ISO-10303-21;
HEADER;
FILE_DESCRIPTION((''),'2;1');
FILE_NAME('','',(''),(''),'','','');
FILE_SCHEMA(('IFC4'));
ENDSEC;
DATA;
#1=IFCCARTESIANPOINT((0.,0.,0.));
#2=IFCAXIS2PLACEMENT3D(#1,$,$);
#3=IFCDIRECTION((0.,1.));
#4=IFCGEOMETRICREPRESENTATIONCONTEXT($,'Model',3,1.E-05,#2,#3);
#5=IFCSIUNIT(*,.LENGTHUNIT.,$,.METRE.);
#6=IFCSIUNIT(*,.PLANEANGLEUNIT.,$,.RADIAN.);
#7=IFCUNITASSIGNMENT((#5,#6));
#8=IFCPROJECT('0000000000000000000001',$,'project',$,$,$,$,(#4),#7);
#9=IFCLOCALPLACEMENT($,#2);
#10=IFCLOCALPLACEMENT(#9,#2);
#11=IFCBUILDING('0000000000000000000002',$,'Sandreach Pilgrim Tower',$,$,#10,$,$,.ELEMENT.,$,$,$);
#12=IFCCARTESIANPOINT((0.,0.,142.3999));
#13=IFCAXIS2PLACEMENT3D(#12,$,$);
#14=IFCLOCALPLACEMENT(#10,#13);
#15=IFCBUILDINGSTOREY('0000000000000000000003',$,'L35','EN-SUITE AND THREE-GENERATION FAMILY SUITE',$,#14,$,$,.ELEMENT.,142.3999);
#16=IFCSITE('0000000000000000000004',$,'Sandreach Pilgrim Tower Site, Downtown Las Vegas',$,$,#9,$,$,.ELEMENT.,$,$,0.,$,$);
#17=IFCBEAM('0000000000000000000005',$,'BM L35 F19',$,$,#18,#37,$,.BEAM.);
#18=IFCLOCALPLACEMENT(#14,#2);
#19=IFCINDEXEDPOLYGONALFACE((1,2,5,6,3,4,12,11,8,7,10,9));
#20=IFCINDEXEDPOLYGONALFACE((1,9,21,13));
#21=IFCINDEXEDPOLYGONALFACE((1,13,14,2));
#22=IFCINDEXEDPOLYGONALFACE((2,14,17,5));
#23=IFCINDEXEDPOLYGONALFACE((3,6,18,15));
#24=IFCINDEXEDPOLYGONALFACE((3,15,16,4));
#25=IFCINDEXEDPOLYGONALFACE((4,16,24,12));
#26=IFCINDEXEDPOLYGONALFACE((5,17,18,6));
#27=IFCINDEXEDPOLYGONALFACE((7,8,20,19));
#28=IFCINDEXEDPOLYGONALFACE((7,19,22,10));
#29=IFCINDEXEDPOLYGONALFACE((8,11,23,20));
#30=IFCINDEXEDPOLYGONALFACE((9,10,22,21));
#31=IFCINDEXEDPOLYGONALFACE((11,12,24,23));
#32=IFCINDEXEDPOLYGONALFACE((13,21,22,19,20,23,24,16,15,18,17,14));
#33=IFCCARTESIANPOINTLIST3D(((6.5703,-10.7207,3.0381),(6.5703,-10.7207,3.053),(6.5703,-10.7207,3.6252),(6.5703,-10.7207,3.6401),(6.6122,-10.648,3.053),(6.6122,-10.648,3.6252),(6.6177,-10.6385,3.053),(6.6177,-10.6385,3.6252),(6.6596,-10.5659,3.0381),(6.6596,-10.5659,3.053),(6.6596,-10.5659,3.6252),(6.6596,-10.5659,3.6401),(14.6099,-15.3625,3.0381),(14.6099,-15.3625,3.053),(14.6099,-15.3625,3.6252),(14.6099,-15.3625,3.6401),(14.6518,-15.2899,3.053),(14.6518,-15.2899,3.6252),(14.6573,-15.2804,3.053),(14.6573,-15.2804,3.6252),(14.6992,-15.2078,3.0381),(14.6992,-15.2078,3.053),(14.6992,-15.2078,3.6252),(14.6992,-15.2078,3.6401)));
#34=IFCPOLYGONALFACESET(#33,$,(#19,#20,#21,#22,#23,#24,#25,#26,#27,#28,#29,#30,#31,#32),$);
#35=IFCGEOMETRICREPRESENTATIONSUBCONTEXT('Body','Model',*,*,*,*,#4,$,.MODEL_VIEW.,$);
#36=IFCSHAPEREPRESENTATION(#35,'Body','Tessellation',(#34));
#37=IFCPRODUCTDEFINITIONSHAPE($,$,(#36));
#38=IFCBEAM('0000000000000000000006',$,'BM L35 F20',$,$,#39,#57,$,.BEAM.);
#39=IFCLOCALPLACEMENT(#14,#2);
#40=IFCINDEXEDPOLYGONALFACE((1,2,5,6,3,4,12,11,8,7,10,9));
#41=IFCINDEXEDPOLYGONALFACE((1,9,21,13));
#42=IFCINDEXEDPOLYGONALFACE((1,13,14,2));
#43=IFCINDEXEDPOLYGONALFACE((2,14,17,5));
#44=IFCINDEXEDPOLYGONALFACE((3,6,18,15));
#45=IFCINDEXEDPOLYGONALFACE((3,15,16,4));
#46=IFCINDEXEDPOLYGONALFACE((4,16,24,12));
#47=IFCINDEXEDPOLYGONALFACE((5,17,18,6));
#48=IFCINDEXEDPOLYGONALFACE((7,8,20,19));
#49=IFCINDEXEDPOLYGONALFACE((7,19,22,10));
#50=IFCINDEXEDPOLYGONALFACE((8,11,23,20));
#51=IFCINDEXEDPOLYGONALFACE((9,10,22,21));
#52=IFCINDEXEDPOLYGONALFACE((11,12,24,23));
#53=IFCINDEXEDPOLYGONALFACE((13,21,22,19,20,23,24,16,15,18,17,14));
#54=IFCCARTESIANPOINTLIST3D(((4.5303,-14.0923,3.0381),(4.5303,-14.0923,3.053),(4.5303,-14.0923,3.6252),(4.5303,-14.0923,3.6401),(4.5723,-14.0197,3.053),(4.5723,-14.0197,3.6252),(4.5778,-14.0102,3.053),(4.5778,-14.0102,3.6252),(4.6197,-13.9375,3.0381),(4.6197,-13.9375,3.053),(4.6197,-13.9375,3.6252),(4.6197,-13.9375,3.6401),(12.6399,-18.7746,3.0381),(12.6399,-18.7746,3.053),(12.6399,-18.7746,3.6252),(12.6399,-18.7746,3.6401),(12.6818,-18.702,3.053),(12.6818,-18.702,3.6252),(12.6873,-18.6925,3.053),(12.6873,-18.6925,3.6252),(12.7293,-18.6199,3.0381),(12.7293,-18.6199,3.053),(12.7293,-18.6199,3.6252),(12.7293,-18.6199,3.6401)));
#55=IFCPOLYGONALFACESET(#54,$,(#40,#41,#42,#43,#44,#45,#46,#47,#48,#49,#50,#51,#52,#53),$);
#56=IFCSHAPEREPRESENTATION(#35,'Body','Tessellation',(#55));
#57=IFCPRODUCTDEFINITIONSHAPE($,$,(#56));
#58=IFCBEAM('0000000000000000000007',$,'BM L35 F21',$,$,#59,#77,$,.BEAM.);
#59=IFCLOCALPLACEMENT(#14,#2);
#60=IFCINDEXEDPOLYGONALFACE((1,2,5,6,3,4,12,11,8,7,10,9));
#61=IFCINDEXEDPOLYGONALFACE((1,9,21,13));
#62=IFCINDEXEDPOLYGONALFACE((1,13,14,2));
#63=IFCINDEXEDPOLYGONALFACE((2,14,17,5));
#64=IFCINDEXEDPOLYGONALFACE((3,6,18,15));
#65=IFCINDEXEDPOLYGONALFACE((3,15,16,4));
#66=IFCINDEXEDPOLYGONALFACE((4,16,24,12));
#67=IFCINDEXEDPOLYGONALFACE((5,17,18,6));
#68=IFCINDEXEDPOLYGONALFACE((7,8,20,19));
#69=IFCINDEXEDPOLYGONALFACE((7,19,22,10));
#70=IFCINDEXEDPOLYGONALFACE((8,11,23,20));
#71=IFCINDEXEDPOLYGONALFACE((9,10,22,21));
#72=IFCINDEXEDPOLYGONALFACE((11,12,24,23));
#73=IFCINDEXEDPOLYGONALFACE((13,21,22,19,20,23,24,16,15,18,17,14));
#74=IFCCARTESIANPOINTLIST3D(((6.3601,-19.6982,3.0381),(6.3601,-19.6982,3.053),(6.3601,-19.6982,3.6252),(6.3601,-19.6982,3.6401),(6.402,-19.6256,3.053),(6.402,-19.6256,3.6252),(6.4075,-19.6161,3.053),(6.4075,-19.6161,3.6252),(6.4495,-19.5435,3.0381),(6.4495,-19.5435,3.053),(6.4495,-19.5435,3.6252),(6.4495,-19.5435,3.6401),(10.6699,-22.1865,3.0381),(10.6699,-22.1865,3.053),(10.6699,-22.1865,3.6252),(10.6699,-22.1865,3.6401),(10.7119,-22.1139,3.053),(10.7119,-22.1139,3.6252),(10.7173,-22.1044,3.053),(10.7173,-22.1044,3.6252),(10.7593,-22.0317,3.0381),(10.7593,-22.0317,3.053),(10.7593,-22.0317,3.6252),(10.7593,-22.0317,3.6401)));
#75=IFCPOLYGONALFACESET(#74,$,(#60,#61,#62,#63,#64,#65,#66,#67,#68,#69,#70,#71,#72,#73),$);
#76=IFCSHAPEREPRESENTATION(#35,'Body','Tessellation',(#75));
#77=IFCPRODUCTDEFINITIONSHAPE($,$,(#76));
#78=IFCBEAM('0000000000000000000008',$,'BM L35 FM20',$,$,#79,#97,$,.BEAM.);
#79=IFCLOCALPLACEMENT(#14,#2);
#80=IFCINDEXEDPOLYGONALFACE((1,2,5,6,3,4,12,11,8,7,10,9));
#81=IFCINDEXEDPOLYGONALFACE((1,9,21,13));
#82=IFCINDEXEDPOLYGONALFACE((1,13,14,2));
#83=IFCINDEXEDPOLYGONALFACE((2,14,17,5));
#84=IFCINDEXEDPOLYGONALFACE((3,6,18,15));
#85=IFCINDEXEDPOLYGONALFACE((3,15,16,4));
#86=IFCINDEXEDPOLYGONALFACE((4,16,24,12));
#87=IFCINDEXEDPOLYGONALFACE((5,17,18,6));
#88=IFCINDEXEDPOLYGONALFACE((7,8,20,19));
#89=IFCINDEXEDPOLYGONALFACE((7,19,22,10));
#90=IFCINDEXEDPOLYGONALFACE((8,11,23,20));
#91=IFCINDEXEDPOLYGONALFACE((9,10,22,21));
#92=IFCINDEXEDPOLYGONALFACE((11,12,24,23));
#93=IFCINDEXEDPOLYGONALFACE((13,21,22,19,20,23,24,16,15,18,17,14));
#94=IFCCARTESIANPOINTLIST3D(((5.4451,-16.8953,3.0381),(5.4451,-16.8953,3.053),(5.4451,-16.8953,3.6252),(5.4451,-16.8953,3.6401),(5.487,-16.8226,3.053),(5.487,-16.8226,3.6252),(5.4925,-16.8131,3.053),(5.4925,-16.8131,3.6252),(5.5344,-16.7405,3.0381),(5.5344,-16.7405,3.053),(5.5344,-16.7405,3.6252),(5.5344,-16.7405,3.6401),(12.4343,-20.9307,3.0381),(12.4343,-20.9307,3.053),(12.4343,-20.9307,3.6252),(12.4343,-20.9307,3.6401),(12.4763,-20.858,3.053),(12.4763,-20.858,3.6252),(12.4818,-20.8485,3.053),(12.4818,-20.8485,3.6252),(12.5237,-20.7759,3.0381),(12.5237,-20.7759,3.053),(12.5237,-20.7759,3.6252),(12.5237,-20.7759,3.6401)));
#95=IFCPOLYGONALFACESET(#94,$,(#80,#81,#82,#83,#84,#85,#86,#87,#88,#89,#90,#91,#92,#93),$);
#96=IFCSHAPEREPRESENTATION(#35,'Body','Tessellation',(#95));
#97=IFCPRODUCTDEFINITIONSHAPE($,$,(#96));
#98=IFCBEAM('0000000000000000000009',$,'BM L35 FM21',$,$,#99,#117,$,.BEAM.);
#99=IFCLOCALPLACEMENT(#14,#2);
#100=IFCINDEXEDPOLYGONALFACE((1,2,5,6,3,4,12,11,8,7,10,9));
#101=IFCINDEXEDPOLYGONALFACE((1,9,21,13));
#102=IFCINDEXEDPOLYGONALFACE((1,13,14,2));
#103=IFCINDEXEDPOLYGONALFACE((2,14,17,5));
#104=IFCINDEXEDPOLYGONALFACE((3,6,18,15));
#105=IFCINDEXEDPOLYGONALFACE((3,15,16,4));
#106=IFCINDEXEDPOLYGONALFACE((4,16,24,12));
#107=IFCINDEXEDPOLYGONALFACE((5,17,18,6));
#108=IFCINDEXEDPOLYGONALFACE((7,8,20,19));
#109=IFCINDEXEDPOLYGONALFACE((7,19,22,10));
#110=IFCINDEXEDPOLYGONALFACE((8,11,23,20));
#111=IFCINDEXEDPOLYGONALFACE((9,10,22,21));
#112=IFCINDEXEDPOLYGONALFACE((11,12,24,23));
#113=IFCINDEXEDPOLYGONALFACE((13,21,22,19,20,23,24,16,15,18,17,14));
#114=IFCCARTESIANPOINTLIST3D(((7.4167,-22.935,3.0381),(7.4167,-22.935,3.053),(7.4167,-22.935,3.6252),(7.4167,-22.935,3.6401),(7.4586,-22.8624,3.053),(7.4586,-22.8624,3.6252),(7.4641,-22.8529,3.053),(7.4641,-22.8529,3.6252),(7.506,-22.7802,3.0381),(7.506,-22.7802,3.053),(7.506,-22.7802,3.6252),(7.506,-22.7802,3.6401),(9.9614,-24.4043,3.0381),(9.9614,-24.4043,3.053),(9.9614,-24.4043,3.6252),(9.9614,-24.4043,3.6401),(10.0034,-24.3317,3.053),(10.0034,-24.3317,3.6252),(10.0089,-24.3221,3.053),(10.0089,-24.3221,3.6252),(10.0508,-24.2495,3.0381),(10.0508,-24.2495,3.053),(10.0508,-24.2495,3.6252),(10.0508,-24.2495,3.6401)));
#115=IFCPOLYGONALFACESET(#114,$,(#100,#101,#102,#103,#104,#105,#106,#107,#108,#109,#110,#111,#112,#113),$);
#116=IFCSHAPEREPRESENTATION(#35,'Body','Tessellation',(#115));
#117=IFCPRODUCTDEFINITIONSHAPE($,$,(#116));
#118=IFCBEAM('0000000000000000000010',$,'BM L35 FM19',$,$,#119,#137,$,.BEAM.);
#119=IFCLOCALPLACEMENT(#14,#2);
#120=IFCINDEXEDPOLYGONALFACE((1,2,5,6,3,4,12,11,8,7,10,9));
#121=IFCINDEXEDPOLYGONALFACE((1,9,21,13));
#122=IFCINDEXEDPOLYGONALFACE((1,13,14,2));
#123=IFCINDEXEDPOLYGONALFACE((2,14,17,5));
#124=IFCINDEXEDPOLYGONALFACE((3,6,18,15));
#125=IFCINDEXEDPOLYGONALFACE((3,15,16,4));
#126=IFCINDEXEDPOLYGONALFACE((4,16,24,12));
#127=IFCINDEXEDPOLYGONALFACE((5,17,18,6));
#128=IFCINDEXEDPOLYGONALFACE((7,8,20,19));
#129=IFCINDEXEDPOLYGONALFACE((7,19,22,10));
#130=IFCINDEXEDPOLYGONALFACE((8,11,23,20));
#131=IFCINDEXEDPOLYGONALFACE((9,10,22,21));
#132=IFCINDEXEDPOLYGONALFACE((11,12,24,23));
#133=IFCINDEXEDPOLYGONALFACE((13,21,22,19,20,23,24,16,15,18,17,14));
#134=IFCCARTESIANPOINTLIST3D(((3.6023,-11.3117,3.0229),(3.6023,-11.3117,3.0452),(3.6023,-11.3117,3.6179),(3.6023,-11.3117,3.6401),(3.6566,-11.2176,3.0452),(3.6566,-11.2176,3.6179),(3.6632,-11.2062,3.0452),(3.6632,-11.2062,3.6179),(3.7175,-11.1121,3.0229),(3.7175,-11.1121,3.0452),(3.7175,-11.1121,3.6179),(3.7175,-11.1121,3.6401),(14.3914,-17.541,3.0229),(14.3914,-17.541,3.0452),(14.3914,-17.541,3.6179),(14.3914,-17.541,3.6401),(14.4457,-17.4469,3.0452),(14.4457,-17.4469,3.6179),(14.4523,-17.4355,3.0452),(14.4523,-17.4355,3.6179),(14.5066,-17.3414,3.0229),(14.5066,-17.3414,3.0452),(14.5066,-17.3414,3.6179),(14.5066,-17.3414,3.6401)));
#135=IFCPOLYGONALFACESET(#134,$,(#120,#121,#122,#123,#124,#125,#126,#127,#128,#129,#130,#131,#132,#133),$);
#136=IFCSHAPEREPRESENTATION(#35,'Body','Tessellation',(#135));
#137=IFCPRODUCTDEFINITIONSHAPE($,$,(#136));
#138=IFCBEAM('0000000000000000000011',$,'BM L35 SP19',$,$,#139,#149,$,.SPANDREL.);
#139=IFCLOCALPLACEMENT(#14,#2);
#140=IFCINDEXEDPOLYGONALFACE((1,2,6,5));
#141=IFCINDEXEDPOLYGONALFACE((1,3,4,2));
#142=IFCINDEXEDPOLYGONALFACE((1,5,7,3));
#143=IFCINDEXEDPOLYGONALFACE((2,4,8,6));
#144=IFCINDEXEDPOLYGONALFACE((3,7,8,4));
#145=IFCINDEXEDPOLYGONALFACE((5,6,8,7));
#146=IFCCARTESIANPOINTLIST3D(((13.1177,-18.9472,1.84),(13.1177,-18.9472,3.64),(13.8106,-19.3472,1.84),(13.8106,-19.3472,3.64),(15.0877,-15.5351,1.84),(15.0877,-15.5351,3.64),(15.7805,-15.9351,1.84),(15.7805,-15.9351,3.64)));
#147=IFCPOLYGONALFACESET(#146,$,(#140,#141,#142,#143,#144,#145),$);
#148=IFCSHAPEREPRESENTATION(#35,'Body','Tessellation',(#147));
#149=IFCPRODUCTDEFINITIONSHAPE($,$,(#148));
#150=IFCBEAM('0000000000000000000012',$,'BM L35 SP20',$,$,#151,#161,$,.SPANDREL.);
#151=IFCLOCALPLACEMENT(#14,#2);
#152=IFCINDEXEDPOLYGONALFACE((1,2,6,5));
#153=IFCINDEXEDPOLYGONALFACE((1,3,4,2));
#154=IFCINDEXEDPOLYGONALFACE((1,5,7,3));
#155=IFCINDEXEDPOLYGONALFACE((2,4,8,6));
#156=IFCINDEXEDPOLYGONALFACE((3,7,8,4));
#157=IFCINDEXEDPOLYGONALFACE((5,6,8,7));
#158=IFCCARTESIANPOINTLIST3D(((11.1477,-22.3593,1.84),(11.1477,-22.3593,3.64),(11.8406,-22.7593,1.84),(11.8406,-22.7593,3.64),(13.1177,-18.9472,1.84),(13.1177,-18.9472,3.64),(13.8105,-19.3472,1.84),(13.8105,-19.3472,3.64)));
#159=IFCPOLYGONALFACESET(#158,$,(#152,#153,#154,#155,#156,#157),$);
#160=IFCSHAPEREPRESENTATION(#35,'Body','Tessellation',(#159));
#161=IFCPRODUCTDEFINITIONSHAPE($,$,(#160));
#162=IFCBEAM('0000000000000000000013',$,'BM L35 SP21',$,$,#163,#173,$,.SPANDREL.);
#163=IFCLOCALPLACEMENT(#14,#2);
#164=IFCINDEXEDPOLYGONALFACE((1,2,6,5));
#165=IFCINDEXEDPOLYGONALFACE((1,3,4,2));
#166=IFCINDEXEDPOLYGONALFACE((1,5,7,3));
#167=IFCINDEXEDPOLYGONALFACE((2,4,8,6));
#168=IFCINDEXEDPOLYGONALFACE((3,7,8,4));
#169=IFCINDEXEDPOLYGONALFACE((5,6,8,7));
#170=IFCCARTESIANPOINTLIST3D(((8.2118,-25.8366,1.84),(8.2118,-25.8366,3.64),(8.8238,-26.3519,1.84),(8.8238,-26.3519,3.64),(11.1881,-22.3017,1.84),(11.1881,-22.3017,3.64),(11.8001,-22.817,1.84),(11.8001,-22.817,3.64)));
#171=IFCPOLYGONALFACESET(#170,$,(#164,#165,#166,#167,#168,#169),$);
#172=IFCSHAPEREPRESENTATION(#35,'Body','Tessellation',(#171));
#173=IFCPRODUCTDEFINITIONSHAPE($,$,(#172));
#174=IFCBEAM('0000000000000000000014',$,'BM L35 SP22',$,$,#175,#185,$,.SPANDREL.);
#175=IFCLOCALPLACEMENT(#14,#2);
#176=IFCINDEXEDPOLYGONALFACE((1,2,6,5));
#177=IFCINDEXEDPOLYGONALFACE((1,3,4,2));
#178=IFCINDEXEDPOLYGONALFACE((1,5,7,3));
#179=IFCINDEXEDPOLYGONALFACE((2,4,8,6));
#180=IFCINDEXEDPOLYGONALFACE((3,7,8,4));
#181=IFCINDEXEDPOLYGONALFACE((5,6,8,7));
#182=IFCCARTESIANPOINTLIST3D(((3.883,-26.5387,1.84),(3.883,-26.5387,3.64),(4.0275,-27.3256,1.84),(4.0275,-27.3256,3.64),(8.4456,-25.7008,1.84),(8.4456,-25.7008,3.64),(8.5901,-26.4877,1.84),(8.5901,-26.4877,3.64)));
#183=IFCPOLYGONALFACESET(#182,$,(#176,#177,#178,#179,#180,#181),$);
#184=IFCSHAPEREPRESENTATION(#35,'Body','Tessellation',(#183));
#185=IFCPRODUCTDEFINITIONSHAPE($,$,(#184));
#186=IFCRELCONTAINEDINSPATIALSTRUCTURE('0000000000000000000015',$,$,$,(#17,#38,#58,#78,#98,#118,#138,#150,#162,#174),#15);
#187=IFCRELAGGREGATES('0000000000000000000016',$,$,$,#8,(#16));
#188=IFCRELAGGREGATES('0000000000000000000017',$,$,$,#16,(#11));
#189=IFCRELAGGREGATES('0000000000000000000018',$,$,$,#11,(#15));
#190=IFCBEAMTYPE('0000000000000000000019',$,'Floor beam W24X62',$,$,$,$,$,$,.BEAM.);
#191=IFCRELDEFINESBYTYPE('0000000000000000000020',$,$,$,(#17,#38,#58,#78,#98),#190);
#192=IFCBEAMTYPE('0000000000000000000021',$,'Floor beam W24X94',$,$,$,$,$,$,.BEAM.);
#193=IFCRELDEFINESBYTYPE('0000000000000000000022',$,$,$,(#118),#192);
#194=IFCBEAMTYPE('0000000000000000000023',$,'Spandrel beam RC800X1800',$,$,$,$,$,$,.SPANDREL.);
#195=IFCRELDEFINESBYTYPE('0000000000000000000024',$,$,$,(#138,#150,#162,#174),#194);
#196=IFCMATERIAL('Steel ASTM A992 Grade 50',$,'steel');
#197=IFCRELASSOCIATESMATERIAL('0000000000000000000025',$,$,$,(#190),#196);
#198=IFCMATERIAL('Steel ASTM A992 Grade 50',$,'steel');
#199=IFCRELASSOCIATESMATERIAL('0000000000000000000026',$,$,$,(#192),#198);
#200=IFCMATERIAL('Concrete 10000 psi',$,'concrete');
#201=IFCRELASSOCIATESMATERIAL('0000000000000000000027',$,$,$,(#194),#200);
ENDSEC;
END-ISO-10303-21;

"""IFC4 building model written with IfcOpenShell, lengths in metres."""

from ifc_helpers import new_model, si_unit, direction, frame, origin, origin_2d, place, context, subcontext, project, spatial, rectangle, i_section, extrude, material, material_profile, profile_set, type_object, element, save


model = new_model("IFC4")

# Units and contexts
model_context = context("Model", 3, precision=1e-05, world=origin(), true_north=direction((0.0, 1.0)))
body_context = subcontext(model_context, "Body", "Model", "MODEL_VIEW")
ifc_project = project(units=[si_unit("LENGTHUNIT", "METRE"), si_unit("PLANEANGLEUNIT", "RADIAN")], contexts=[model_context])

# Site, building, storey
site_placement = place(None, origin())
site = spatial("IfcSite", under=ifc_project, at=site_placement, Name="Sandreach Pilgrim Tower Site, Downtown Las Vegas", CompositionType="ELEMENT", RefElevation=0.0)
building_placement = place(site_placement, origin())
building = spatial("IfcBuilding", under=site, at=building_placement, Name="Sandreach Pilgrim Tower", CompositionType="ELEMENT")
storey_placement = place(building_placement, frame((0.0, 0.0, 142.3999)))
storey = spatial("IfcBuildingStorey", under=building, at=storey_placement, Name="L35", Description="EN-SUITE AND THREE-GENERATION FAMILY SUITE", CompositionType="ELEMENT", Elevation=142.3999)

# Beams
ifc_material_1 = material(Name="Steel ASTM A992 Grade 50", Category="steel")
ifc_material_profile_1 = material_profile(ifc_material_1, i_section(OverallWidth=0.1787, OverallDepth=0.6021, WebThickness=0.011, FlangeThickness=0.0149, at=origin_2d()), Name="W24X62")
ifc_profile_set_1 = profile_set([ifc_material_profile_1], Name="Steel ASTM A992 Grade 50")
beam_type_1 = type_object("IfcBeamType", Name="Floor beam W24X62", PredefinedType="BEAM", material=ifc_profile_set_1)
beam_1_placement = place(storey_placement, frame((14.6545, -15.2852, 3.3391), z_axis=(-0.866016, 0.500017, 0.0), x_axis=(-0.500017, -0.866016, 0.0)))
element("IfcBeam", 1, at=beam_1_placement, inside=storey, type_object=beam_type_1, Name="BM L35 F19", PredefinedType="BEAM", context=body_context, shape_type="SweptSolid", body=[
    extrude(i_section(OverallWidth=0.1787, OverallDepth=0.6021, WebThickness=0.011, FlangeThickness=0.0149, at=origin_2d()), origin(), (0.0, 0.0, 1.0), 9.2834),
])
beam_2_placement = place(storey_placement, frame((12.6846, -18.6973, 3.3391), z_axis=(-0.866012, 0.500023, 0.0), x_axis=(-0.500023, -0.866012, 0.0)))
element("IfcBeam", 2, at=beam_2_placement, inside=storey, type_object=beam_type_1, Name="BM L35 F20", PredefinedType="BEAM", context=body_context, shape_type="SweptSolid", body=[
    extrude(i_section(OverallWidth=0.1787, OverallDepth=0.6021, WebThickness=0.011, FlangeThickness=0.0149, at=origin_2d()), origin(), (0.0, 0.0, 1.0), 9.3643),
])
beam_3_placement = place(storey_placement, frame((10.7146, -22.1091, 3.3391), z_axis=(-0.866025, 0.500001, 0.0), x_axis=(-0.500001, -0.866025, 0.0)))
element("IfcBeam", 3, at=beam_3_placement, inside=storey, type_object=beam_type_1, Name="BM L35 F21", PredefinedType="BEAM", context=body_context, shape_type="SweptSolid", body=[
    extrude(i_section(OverallWidth=0.1787, OverallDepth=0.6021, WebThickness=0.011, FlangeThickness=0.0149, at=origin_2d()), origin(), (0.0, 0.0, 1.0), 4.9766),
])
beam_4_placement = place(storey_placement, frame((12.479, -20.8533, 3.3391), z_axis=(-0.866017, 0.500014, 0.0), x_axis=(-0.500014, -0.866017, 0.0)))
element("IfcBeam", 4, at=beam_4_placement, inside=storey, type_object=beam_type_1, Name="BM L35 FM20", PredefinedType="BEAM", context=body_context, shape_type="SweptSolid", body=[
    extrude(i_section(OverallWidth=0.1787, OverallDepth=0.6021, WebThickness=0.011, FlangeThickness=0.0149, at=origin_2d()), origin(), (0.0, 0.0, 1.0), 8.0706),
])
beam_5_placement = place(storey_placement, frame((10.0061, -24.3269, 3.3391), z_axis=(-0.866015, 0.500017, 0.0), x_axis=(-0.500017, -0.866015, 0.0)))
element("IfcBeam", 5, at=beam_5_placement, inside=storey, type_object=beam_type_1, Name="BM L35 FM21", PredefinedType="BEAM", context=body_context, shape_type="SweptSolid", body=[
    extrude(i_section(OverallWidth=0.1787, OverallDepth=0.6021, WebThickness=0.011, FlangeThickness=0.0149, at=origin_2d()), origin(), (0.0, 0.0, 1.0), 2.9385),
])
ifc_material_2 = material(Name="Steel ASTM A992 Grade 50", Category="steel")
ifc_material_profile_2 = material_profile(ifc_material_2, i_section(OverallWidth=0.2305, OverallDepth=0.6172, WebThickness=0.0132, FlangeThickness=0.0222, at=origin_2d()), Name="W24X94")
ifc_profile_set_2 = profile_set([ifc_material_profile_2], Name="Steel ASTM A992 Grade 50")
beam_type_2 = type_object("IfcBeamType", Name="Floor beam W24X94", PredefinedType="BEAM", material=ifc_profile_set_2)
beam_6_placement = place(storey_placement, frame((14.449, -17.4412, 3.3315), z_axis=(-0.866019, 0.500011, 0.0), x_axis=(-0.500011, -0.866019, 0.0)))
element("IfcBeam", 6, at=beam_6_placement, inside=storey, type_object=beam_type_2, Name="BM L35 FM19", PredefinedType="BEAM", context=body_context, shape_type="SweptSolid", body=[
    extrude(i_section(OverallWidth=0.2305, OverallDepth=0.6172, WebThickness=0.0132, FlangeThickness=0.0222, at=origin_2d()), origin(), (0.0, 0.0, 1.0), 12.4583),
])
ifc_material_3 = material(Name="Concrete 10000 psi", Category="concrete")
ifc_material_profile_3 = material_profile(ifc_material_3, rectangle(XDim=0.8, YDim=1.8, at=origin_2d()), Name="RC800X1800")
ifc_profile_set_3 = profile_set([ifc_material_profile_3], Name="Concrete 10000 psi")
beam_type_3 = type_object("IfcBeamType", Name="Spandrel beam RC800X1800", PredefinedType="SPANDREL", material=ifc_profile_set_3)
for number, where, z_axis, x_axis, name in (
    (7, (15.4341, -15.7351, 2.74), (-0.499998, -0.866027, 0.0), (0.866027, -0.499998, 0.0), "BM L35 SP19"),
    (8, (13.4641, -19.1472, 2.74), (-0.499998, -0.866027, 0.0), (0.866027, -0.499998, 0.0), "BM L35 SP20"),
):
    element("IfcBeam", number, at=place(storey_placement, frame(where, z_axis=z_axis, x_axis=x_axis)), inside=storey, type_object=beam_type_3, Name=name, PredefinedType="SPANDREL", context=body_context, shape_type="SweptSolid", body=[
        extrude(rectangle(XDim=0.8, YDim=1.8, at=origin_2d()), origin(), (0.0, 0.0, 1.0), 3.9399),
    ])
beam_7_placement = place(storey_placement, frame((11.4941, -22.5593, 2.74), z_axis=(-0.644079, -0.764959, 0.0), x_axis=(0.764959, -0.644079, 0.0)))
element("IfcBeam", 9, at=beam_7_placement, inside=storey, type_object=beam_type_3, Name="BM L35 SP21", PredefinedType="SPANDREL", context=body_context, shape_type="SweptSolid", body=[
    extrude(rectangle(XDim=0.8, YDim=1.8, at=origin_2d()), origin(), (0.0, 0.0, 1.0), 4.6211),
])
beam_8_placement = place(storey_placement, frame((8.5178, -26.0942, 2.74), z_axis=(-0.983552, -0.180627, 0.0), x_axis=(0.180627, -0.983552, 0.0)))
element("IfcBeam", 10, at=beam_8_placement, inside=storey, type_object=beam_type_3, Name="BM L35 SP22", PredefinedType="SPANDREL", context=body_context, shape_type="SweptSolid", body=[
    extrude(rectangle(XDim=0.8, YDim=1.8, at=origin_2d()), origin(), (0.0, 0.0, 1.0), 4.6389),
])

save(model, "model.ifc")
